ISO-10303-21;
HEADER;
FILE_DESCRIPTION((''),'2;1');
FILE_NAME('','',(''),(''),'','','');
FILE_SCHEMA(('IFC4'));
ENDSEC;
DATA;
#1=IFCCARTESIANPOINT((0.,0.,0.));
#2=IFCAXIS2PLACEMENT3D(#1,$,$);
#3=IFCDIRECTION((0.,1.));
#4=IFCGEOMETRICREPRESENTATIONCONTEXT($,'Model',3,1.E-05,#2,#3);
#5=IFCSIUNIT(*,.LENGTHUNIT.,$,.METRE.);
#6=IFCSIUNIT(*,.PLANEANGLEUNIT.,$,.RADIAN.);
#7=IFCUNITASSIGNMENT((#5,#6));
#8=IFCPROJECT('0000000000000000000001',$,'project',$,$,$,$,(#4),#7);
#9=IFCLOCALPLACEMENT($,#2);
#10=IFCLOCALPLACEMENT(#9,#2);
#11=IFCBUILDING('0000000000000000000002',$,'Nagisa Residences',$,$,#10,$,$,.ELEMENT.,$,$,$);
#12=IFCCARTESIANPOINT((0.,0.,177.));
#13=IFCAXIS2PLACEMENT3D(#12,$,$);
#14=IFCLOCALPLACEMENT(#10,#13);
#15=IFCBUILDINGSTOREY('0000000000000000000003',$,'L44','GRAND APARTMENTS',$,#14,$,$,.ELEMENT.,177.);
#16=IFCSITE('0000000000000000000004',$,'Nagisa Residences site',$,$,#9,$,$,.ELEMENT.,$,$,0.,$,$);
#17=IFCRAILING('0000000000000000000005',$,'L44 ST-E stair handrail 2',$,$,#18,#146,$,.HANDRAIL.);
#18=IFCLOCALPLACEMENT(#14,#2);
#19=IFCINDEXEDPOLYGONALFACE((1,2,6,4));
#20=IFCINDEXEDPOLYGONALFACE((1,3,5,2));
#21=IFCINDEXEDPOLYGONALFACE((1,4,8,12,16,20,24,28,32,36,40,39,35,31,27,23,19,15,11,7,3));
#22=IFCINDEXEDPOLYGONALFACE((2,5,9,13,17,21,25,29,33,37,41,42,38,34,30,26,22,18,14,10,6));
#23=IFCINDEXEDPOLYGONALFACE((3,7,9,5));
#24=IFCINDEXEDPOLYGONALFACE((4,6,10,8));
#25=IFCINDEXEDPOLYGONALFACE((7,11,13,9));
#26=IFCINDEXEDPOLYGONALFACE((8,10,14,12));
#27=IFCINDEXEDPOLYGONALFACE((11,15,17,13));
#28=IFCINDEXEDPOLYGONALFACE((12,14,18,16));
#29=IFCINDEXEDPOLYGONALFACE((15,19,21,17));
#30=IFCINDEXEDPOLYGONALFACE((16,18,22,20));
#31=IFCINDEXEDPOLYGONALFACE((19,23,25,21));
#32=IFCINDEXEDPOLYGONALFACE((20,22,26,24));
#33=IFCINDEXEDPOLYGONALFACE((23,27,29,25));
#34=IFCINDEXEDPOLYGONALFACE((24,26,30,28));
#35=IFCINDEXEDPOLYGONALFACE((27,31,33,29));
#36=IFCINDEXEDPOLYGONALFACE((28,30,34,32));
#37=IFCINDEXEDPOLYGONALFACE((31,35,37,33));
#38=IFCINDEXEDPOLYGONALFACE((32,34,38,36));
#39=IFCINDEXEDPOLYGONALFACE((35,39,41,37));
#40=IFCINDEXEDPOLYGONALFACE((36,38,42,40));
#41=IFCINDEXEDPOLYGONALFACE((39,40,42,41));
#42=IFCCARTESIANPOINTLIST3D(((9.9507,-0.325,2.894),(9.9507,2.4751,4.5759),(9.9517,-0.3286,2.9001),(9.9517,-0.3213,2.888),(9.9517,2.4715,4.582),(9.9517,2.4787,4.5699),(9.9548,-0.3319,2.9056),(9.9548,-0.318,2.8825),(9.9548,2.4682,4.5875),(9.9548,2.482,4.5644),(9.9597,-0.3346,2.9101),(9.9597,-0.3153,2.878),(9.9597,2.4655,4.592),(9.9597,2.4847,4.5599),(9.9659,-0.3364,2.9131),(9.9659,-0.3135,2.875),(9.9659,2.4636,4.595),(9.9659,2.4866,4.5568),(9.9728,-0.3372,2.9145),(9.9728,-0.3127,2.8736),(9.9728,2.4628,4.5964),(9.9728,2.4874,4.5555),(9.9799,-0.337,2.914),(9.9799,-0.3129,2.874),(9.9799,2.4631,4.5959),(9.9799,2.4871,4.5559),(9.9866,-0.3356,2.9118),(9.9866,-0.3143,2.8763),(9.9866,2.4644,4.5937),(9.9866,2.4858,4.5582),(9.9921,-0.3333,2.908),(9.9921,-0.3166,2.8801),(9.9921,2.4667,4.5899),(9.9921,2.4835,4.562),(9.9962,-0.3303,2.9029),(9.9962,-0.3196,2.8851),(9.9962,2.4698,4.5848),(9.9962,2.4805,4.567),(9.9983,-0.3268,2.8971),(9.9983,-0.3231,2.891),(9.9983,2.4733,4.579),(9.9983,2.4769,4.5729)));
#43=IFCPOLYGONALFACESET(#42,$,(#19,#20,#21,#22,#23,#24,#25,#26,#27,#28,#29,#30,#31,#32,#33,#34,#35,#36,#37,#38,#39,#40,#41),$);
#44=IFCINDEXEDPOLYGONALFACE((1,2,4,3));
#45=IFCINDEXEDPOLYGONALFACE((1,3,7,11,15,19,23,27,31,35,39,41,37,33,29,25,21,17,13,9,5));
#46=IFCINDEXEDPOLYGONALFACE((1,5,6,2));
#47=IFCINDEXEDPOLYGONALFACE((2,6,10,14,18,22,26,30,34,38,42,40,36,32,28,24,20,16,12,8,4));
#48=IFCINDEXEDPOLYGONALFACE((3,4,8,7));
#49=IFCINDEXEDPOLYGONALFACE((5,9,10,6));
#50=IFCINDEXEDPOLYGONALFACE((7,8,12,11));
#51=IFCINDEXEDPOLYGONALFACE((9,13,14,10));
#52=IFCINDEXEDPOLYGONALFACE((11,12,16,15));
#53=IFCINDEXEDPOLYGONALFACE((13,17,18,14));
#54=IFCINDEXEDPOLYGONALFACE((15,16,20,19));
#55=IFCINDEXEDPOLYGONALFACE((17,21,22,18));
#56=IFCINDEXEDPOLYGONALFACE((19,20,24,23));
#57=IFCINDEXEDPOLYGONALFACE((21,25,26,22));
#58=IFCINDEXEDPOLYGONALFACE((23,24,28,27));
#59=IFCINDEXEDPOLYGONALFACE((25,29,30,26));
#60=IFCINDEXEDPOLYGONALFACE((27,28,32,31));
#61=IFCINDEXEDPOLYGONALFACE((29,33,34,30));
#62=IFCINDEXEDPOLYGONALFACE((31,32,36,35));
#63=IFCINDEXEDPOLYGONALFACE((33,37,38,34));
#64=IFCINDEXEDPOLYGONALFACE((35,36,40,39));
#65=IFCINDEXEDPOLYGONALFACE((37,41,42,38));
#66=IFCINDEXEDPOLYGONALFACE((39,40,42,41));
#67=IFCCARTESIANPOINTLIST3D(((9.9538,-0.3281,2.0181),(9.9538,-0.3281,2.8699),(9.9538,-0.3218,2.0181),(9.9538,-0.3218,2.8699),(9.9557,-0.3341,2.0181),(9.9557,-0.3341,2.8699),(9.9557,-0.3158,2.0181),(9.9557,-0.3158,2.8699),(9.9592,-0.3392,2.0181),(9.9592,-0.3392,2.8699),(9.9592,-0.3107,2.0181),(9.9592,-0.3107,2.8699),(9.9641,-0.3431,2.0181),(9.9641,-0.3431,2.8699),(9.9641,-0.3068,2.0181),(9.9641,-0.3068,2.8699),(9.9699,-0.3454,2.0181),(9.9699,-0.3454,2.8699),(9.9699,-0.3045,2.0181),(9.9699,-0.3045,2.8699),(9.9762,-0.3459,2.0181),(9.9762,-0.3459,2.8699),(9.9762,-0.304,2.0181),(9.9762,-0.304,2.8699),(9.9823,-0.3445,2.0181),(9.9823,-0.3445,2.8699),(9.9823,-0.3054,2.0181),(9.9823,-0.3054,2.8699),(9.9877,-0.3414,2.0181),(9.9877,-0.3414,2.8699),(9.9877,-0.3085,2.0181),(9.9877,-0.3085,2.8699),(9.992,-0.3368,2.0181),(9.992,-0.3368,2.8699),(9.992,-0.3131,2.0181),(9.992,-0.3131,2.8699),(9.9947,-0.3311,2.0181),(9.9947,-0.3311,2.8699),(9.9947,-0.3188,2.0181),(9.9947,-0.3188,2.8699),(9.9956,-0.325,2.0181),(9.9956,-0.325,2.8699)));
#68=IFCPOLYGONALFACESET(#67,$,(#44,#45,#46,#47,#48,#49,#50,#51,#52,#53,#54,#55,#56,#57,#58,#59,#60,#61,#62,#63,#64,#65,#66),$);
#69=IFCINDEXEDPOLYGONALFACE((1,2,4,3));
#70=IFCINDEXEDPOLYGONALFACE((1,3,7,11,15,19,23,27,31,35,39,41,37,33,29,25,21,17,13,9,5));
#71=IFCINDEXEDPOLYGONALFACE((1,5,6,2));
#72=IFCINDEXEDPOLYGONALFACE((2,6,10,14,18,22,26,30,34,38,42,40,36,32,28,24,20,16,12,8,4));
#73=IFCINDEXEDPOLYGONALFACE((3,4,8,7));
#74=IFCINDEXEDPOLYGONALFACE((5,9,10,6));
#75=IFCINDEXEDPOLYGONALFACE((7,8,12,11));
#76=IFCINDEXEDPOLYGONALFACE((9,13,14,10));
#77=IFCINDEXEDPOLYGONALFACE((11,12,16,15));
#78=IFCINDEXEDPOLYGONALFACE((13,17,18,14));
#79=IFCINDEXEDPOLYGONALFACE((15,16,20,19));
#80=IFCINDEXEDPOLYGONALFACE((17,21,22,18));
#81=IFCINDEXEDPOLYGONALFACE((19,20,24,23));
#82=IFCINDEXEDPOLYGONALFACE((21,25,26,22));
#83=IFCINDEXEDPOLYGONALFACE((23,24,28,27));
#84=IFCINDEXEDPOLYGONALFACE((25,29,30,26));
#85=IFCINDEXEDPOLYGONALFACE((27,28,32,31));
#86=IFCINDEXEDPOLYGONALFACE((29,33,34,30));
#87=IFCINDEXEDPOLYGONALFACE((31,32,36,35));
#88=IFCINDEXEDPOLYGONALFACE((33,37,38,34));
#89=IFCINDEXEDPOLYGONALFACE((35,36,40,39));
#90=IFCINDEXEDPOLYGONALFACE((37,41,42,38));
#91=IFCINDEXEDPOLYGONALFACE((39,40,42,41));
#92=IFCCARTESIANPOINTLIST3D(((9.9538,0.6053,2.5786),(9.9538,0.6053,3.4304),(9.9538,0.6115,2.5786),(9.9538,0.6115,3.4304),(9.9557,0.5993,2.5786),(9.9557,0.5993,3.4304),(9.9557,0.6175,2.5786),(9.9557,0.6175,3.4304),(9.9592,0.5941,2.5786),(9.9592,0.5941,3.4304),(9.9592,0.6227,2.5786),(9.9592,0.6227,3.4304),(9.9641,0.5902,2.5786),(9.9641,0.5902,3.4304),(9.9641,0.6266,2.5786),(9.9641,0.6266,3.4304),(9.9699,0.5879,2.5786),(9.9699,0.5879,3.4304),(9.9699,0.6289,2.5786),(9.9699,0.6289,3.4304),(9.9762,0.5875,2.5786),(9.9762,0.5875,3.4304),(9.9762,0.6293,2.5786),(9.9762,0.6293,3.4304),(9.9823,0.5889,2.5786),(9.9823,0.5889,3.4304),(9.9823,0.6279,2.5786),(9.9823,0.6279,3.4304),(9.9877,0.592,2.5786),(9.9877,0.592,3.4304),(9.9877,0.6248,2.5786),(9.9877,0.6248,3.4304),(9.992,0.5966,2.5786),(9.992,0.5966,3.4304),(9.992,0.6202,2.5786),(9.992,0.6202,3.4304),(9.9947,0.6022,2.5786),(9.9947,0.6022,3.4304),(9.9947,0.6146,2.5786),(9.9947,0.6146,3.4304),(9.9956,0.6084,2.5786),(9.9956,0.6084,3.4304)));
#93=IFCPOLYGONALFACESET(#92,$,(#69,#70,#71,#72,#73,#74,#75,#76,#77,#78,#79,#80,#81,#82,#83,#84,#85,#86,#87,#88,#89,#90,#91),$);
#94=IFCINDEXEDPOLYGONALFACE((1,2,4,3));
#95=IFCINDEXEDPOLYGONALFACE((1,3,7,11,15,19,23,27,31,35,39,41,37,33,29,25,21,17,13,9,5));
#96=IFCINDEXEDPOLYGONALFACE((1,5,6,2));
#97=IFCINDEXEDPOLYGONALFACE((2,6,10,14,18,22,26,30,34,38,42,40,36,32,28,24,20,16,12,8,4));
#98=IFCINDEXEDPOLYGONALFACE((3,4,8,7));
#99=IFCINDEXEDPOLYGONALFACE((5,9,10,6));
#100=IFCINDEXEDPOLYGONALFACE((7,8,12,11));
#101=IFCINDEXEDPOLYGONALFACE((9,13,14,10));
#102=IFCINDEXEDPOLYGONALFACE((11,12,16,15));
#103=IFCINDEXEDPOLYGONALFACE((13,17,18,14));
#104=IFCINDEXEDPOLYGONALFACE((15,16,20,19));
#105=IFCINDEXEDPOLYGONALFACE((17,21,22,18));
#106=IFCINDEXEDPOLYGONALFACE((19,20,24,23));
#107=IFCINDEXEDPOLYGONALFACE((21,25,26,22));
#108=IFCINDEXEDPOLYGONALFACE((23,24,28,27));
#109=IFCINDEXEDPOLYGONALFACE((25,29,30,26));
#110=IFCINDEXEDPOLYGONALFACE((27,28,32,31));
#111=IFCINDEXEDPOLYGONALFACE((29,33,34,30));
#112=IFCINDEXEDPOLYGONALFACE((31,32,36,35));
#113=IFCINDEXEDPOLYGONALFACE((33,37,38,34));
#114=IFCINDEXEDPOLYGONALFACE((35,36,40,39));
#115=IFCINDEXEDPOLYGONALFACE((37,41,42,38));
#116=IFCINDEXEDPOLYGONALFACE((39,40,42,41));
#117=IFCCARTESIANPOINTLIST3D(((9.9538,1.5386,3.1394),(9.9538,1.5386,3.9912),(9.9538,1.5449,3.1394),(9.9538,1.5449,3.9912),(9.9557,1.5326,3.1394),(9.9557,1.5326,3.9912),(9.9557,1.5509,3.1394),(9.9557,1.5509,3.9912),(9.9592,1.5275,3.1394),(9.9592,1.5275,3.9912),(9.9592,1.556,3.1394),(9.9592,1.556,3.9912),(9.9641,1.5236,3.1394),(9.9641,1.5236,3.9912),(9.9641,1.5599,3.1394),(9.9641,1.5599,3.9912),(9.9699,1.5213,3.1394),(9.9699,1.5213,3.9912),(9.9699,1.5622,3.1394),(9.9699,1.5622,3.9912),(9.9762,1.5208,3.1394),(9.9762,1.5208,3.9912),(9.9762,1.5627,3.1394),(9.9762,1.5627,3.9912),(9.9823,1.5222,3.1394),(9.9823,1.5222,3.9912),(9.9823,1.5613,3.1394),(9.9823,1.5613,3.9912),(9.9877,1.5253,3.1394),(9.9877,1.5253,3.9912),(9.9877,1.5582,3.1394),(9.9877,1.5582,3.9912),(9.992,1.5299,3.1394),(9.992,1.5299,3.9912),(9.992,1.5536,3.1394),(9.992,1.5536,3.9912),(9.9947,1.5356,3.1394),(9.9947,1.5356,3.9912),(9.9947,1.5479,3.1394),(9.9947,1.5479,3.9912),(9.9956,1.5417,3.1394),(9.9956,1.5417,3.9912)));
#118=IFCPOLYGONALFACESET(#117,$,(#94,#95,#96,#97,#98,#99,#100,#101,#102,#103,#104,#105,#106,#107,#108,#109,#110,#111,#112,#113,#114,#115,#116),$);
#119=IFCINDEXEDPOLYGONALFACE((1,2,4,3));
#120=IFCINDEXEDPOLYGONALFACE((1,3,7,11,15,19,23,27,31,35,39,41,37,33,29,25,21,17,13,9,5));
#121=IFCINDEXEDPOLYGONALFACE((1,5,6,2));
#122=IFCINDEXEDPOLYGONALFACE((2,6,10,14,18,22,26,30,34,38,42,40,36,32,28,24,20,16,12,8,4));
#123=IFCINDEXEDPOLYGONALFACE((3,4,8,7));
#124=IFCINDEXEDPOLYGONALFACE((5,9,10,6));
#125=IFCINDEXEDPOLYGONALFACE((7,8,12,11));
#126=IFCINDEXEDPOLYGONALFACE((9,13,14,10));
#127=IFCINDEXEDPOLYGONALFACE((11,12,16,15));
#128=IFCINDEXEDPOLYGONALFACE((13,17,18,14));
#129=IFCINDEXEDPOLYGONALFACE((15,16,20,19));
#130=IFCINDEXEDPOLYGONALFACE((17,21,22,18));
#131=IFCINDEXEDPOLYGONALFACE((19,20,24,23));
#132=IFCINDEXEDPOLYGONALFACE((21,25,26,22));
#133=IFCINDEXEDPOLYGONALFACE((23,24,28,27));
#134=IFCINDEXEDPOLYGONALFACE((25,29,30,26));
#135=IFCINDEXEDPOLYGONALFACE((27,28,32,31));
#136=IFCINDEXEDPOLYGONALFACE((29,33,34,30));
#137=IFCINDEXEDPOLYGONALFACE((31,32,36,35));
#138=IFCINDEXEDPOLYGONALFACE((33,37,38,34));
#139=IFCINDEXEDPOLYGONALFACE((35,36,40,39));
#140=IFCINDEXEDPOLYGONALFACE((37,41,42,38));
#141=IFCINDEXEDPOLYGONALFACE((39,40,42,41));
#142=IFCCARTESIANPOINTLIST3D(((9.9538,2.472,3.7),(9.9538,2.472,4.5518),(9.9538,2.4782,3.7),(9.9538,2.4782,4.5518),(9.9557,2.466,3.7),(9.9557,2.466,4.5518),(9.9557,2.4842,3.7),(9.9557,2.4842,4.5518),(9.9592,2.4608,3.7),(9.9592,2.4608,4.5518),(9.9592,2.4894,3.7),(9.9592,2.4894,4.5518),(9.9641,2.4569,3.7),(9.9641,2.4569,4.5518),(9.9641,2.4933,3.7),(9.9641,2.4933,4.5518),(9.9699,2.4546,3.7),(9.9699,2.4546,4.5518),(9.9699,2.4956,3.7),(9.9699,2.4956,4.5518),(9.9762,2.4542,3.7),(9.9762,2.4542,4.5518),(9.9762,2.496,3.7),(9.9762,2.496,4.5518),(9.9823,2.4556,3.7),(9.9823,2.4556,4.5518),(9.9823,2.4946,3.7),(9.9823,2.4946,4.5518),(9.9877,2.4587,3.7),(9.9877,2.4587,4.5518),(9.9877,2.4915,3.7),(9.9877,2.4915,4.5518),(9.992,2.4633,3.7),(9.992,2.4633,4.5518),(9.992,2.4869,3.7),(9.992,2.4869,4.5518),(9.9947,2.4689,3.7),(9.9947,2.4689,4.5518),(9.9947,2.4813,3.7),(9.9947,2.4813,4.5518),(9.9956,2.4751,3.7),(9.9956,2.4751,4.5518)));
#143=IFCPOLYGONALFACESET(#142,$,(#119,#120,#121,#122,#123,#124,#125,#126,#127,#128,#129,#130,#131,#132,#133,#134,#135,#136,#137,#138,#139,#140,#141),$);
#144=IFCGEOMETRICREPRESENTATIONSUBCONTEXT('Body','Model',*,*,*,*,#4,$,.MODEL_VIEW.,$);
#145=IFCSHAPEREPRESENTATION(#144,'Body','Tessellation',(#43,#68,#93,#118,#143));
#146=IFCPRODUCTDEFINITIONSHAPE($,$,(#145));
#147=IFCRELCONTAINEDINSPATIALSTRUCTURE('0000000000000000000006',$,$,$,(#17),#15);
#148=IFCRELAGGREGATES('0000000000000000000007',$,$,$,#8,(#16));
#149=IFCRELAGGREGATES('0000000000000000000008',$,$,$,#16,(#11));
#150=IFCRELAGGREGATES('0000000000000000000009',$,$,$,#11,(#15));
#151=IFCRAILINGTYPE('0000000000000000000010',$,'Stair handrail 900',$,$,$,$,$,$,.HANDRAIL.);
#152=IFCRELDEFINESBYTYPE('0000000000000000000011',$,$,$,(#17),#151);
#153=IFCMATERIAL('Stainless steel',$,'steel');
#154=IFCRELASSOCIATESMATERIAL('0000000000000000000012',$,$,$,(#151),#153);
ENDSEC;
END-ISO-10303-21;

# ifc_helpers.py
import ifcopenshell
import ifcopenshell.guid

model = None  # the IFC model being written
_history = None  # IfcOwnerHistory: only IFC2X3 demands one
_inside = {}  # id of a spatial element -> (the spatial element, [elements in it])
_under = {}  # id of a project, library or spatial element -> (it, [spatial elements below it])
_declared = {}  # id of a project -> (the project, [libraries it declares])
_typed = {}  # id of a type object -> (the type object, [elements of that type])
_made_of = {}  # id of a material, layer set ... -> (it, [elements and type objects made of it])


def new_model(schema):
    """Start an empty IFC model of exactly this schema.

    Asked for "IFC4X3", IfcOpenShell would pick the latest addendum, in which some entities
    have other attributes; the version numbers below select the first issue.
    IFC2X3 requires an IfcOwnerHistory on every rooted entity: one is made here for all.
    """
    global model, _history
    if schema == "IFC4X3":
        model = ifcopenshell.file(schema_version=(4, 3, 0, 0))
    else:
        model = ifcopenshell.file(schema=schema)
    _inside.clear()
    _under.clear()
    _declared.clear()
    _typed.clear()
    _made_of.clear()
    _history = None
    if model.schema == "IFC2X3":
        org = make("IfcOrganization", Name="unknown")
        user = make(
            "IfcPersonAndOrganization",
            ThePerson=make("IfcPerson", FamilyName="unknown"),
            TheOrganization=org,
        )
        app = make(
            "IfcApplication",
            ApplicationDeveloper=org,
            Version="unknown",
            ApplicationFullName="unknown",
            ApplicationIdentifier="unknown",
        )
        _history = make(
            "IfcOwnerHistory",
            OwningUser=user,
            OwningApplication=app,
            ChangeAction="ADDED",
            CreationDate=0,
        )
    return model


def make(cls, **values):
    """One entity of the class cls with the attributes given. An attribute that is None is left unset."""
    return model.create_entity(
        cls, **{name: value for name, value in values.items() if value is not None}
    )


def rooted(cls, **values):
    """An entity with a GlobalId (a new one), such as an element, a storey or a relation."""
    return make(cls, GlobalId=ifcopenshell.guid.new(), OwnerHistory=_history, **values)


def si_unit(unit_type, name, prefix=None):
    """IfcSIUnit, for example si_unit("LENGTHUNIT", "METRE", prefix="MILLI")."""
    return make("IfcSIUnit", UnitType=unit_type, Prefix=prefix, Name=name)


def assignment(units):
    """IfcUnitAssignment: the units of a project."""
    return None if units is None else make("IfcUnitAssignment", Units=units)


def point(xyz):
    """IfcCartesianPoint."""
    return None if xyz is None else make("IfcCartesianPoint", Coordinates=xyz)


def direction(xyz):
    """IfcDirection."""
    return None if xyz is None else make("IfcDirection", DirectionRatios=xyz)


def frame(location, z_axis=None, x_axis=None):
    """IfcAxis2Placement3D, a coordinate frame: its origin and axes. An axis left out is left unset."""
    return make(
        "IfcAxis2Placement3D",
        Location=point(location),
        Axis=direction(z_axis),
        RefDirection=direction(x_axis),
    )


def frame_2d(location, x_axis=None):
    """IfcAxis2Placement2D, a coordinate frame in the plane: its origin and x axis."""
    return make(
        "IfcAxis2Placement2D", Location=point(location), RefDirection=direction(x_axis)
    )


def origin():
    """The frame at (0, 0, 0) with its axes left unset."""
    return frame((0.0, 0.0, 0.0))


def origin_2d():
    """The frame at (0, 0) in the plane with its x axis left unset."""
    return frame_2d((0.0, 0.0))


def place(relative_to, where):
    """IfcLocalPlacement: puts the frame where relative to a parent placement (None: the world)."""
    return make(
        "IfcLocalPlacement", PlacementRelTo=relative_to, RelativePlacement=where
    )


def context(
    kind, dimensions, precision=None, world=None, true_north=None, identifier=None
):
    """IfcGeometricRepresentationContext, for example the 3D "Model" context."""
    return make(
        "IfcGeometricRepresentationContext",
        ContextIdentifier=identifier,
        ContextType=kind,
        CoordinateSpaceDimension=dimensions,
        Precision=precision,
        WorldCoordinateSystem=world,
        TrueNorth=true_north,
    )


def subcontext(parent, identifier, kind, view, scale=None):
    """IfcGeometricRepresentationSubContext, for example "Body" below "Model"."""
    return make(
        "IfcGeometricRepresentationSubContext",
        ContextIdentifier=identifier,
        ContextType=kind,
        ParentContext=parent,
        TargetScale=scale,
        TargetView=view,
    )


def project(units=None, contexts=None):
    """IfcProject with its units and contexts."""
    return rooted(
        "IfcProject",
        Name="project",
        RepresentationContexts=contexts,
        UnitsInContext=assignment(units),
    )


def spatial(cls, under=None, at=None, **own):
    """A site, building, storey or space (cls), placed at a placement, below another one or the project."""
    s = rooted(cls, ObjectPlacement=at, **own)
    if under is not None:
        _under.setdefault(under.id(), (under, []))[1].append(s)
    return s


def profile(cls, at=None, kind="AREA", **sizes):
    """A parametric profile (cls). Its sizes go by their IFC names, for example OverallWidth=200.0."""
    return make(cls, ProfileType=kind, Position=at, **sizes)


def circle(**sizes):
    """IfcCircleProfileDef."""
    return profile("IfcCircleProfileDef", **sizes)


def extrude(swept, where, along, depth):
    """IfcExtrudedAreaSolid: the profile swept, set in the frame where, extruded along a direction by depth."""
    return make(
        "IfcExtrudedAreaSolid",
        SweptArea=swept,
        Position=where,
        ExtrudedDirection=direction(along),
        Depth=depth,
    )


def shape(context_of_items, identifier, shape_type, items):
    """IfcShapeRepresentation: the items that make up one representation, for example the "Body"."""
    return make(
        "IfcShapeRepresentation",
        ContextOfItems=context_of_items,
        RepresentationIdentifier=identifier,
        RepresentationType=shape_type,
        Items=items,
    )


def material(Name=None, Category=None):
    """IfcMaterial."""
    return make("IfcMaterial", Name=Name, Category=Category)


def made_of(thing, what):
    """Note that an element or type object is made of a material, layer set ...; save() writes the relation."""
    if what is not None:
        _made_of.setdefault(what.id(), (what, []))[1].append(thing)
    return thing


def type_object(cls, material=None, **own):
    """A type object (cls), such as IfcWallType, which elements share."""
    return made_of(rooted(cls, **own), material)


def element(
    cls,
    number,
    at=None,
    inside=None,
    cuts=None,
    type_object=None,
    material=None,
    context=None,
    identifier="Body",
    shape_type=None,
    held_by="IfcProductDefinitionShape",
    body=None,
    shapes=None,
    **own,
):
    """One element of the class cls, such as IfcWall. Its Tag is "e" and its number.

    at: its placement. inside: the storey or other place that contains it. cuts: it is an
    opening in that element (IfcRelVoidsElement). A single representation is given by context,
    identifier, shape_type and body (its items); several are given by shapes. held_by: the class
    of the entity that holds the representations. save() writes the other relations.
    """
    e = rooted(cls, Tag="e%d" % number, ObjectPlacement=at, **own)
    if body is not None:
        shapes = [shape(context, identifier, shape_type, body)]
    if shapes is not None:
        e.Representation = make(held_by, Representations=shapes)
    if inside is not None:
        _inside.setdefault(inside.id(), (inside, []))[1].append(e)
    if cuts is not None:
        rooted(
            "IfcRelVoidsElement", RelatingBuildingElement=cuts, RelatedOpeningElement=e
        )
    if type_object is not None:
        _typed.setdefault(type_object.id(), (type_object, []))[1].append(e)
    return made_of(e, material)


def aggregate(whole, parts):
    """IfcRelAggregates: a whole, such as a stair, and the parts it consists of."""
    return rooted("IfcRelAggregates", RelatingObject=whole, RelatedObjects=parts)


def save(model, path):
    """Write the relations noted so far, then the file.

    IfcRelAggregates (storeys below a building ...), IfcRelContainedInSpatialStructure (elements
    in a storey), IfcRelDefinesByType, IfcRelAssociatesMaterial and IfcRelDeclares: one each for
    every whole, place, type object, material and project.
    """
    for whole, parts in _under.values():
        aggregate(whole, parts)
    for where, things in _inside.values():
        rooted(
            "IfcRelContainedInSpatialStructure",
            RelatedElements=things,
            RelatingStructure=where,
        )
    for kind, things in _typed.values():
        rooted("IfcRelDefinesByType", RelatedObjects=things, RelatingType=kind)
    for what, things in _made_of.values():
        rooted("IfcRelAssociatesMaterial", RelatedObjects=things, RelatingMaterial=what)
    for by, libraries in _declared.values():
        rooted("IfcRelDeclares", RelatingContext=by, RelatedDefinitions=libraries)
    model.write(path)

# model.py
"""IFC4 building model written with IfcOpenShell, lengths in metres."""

from ifc_helpers import new_model, si_unit, direction, frame, origin, origin_2d, place, context, subcontext, project, spatial, circle, extrude, material, type_object, element, save


model = new_model("IFC4")

# Units and contexts
model_context = context("Model", 3, precision=1e-05, world=origin(), true_north=direction((0.0, 1.0)))
body_context = subcontext(model_context, "Body", "Model", "MODEL_VIEW")
ifc_project = project(units=[si_unit("LENGTHUNIT", "METRE"), si_unit("PLANEANGLEUNIT", "RADIAN")], contexts=[model_context])

# Site, building, storey
site_placement = place(None, origin())
site = spatial("IfcSite", under=ifc_project, at=site_placement, Name="Nagisa Residences site", CompositionType="ELEMENT", RefElevation=0.0)
building_placement = place(site_placement, origin())
building = spatial("IfcBuilding", under=site, at=building_placement, Name="Nagisa Residences", CompositionType="ELEMENT")
storey_placement = place(building_placement, frame((0.0, 0.0, 177.0)))
storey = spatial("IfcBuildingStorey", under=building, at=storey_placement, Name="L44", Description="GRAND APARTMENTS", CompositionType="ELEMENT", Elevation=177.0)

# Railing
ifc_material_1 = material(Name="Stainless steel", Category="steel")
railing_type = type_object("IfcRailingType", Name="Stair handrail 900", PredefinedType="HANDRAIL", material=ifc_material_1)
railing_placement = place(storey_placement, frame((9.9746, -0.325, 2.0181)))
element("IfcRailing", 1, at=railing_placement, inside=storey, type_object=railing_type, Name="L44 ST-E stair handrail 2", PredefinedType="HANDRAIL", context=body_context, shape_type="SweptSolid", body=[
    extrude(circle(Radius=0.0239, at=origin_2d()), frame((0.0, 0.0, 0.876), z_axis=(0.0, 0.857242, 0.514913), x_axis=(-1.0, 0.0, 0.0)), (0.0, 0.0, 1.0), 3.2664),
    extrude(circle(Radius=0.021, at=origin_2d()), origin(), (0.0, 0.0, 1.0), 0.8518),
    extrude(circle(Radius=0.021, at=origin_2d()), frame((0.0, 0.9333, 0.5605)), (0.0, 0.0, 1.0), 0.8518),
    extrude(circle(Radius=0.021, at=origin_2d()), frame((0.0, 1.8667, 1.1213)), (0.0, 0.0, 1.0), 0.8518),
    extrude(circle(Radius=0.021, at=origin_2d()), frame((0.0, 2.8, 1.6819)), (0.0, 0.0, 1.0), 0.8518),
])

save(model, "model.ifc")
